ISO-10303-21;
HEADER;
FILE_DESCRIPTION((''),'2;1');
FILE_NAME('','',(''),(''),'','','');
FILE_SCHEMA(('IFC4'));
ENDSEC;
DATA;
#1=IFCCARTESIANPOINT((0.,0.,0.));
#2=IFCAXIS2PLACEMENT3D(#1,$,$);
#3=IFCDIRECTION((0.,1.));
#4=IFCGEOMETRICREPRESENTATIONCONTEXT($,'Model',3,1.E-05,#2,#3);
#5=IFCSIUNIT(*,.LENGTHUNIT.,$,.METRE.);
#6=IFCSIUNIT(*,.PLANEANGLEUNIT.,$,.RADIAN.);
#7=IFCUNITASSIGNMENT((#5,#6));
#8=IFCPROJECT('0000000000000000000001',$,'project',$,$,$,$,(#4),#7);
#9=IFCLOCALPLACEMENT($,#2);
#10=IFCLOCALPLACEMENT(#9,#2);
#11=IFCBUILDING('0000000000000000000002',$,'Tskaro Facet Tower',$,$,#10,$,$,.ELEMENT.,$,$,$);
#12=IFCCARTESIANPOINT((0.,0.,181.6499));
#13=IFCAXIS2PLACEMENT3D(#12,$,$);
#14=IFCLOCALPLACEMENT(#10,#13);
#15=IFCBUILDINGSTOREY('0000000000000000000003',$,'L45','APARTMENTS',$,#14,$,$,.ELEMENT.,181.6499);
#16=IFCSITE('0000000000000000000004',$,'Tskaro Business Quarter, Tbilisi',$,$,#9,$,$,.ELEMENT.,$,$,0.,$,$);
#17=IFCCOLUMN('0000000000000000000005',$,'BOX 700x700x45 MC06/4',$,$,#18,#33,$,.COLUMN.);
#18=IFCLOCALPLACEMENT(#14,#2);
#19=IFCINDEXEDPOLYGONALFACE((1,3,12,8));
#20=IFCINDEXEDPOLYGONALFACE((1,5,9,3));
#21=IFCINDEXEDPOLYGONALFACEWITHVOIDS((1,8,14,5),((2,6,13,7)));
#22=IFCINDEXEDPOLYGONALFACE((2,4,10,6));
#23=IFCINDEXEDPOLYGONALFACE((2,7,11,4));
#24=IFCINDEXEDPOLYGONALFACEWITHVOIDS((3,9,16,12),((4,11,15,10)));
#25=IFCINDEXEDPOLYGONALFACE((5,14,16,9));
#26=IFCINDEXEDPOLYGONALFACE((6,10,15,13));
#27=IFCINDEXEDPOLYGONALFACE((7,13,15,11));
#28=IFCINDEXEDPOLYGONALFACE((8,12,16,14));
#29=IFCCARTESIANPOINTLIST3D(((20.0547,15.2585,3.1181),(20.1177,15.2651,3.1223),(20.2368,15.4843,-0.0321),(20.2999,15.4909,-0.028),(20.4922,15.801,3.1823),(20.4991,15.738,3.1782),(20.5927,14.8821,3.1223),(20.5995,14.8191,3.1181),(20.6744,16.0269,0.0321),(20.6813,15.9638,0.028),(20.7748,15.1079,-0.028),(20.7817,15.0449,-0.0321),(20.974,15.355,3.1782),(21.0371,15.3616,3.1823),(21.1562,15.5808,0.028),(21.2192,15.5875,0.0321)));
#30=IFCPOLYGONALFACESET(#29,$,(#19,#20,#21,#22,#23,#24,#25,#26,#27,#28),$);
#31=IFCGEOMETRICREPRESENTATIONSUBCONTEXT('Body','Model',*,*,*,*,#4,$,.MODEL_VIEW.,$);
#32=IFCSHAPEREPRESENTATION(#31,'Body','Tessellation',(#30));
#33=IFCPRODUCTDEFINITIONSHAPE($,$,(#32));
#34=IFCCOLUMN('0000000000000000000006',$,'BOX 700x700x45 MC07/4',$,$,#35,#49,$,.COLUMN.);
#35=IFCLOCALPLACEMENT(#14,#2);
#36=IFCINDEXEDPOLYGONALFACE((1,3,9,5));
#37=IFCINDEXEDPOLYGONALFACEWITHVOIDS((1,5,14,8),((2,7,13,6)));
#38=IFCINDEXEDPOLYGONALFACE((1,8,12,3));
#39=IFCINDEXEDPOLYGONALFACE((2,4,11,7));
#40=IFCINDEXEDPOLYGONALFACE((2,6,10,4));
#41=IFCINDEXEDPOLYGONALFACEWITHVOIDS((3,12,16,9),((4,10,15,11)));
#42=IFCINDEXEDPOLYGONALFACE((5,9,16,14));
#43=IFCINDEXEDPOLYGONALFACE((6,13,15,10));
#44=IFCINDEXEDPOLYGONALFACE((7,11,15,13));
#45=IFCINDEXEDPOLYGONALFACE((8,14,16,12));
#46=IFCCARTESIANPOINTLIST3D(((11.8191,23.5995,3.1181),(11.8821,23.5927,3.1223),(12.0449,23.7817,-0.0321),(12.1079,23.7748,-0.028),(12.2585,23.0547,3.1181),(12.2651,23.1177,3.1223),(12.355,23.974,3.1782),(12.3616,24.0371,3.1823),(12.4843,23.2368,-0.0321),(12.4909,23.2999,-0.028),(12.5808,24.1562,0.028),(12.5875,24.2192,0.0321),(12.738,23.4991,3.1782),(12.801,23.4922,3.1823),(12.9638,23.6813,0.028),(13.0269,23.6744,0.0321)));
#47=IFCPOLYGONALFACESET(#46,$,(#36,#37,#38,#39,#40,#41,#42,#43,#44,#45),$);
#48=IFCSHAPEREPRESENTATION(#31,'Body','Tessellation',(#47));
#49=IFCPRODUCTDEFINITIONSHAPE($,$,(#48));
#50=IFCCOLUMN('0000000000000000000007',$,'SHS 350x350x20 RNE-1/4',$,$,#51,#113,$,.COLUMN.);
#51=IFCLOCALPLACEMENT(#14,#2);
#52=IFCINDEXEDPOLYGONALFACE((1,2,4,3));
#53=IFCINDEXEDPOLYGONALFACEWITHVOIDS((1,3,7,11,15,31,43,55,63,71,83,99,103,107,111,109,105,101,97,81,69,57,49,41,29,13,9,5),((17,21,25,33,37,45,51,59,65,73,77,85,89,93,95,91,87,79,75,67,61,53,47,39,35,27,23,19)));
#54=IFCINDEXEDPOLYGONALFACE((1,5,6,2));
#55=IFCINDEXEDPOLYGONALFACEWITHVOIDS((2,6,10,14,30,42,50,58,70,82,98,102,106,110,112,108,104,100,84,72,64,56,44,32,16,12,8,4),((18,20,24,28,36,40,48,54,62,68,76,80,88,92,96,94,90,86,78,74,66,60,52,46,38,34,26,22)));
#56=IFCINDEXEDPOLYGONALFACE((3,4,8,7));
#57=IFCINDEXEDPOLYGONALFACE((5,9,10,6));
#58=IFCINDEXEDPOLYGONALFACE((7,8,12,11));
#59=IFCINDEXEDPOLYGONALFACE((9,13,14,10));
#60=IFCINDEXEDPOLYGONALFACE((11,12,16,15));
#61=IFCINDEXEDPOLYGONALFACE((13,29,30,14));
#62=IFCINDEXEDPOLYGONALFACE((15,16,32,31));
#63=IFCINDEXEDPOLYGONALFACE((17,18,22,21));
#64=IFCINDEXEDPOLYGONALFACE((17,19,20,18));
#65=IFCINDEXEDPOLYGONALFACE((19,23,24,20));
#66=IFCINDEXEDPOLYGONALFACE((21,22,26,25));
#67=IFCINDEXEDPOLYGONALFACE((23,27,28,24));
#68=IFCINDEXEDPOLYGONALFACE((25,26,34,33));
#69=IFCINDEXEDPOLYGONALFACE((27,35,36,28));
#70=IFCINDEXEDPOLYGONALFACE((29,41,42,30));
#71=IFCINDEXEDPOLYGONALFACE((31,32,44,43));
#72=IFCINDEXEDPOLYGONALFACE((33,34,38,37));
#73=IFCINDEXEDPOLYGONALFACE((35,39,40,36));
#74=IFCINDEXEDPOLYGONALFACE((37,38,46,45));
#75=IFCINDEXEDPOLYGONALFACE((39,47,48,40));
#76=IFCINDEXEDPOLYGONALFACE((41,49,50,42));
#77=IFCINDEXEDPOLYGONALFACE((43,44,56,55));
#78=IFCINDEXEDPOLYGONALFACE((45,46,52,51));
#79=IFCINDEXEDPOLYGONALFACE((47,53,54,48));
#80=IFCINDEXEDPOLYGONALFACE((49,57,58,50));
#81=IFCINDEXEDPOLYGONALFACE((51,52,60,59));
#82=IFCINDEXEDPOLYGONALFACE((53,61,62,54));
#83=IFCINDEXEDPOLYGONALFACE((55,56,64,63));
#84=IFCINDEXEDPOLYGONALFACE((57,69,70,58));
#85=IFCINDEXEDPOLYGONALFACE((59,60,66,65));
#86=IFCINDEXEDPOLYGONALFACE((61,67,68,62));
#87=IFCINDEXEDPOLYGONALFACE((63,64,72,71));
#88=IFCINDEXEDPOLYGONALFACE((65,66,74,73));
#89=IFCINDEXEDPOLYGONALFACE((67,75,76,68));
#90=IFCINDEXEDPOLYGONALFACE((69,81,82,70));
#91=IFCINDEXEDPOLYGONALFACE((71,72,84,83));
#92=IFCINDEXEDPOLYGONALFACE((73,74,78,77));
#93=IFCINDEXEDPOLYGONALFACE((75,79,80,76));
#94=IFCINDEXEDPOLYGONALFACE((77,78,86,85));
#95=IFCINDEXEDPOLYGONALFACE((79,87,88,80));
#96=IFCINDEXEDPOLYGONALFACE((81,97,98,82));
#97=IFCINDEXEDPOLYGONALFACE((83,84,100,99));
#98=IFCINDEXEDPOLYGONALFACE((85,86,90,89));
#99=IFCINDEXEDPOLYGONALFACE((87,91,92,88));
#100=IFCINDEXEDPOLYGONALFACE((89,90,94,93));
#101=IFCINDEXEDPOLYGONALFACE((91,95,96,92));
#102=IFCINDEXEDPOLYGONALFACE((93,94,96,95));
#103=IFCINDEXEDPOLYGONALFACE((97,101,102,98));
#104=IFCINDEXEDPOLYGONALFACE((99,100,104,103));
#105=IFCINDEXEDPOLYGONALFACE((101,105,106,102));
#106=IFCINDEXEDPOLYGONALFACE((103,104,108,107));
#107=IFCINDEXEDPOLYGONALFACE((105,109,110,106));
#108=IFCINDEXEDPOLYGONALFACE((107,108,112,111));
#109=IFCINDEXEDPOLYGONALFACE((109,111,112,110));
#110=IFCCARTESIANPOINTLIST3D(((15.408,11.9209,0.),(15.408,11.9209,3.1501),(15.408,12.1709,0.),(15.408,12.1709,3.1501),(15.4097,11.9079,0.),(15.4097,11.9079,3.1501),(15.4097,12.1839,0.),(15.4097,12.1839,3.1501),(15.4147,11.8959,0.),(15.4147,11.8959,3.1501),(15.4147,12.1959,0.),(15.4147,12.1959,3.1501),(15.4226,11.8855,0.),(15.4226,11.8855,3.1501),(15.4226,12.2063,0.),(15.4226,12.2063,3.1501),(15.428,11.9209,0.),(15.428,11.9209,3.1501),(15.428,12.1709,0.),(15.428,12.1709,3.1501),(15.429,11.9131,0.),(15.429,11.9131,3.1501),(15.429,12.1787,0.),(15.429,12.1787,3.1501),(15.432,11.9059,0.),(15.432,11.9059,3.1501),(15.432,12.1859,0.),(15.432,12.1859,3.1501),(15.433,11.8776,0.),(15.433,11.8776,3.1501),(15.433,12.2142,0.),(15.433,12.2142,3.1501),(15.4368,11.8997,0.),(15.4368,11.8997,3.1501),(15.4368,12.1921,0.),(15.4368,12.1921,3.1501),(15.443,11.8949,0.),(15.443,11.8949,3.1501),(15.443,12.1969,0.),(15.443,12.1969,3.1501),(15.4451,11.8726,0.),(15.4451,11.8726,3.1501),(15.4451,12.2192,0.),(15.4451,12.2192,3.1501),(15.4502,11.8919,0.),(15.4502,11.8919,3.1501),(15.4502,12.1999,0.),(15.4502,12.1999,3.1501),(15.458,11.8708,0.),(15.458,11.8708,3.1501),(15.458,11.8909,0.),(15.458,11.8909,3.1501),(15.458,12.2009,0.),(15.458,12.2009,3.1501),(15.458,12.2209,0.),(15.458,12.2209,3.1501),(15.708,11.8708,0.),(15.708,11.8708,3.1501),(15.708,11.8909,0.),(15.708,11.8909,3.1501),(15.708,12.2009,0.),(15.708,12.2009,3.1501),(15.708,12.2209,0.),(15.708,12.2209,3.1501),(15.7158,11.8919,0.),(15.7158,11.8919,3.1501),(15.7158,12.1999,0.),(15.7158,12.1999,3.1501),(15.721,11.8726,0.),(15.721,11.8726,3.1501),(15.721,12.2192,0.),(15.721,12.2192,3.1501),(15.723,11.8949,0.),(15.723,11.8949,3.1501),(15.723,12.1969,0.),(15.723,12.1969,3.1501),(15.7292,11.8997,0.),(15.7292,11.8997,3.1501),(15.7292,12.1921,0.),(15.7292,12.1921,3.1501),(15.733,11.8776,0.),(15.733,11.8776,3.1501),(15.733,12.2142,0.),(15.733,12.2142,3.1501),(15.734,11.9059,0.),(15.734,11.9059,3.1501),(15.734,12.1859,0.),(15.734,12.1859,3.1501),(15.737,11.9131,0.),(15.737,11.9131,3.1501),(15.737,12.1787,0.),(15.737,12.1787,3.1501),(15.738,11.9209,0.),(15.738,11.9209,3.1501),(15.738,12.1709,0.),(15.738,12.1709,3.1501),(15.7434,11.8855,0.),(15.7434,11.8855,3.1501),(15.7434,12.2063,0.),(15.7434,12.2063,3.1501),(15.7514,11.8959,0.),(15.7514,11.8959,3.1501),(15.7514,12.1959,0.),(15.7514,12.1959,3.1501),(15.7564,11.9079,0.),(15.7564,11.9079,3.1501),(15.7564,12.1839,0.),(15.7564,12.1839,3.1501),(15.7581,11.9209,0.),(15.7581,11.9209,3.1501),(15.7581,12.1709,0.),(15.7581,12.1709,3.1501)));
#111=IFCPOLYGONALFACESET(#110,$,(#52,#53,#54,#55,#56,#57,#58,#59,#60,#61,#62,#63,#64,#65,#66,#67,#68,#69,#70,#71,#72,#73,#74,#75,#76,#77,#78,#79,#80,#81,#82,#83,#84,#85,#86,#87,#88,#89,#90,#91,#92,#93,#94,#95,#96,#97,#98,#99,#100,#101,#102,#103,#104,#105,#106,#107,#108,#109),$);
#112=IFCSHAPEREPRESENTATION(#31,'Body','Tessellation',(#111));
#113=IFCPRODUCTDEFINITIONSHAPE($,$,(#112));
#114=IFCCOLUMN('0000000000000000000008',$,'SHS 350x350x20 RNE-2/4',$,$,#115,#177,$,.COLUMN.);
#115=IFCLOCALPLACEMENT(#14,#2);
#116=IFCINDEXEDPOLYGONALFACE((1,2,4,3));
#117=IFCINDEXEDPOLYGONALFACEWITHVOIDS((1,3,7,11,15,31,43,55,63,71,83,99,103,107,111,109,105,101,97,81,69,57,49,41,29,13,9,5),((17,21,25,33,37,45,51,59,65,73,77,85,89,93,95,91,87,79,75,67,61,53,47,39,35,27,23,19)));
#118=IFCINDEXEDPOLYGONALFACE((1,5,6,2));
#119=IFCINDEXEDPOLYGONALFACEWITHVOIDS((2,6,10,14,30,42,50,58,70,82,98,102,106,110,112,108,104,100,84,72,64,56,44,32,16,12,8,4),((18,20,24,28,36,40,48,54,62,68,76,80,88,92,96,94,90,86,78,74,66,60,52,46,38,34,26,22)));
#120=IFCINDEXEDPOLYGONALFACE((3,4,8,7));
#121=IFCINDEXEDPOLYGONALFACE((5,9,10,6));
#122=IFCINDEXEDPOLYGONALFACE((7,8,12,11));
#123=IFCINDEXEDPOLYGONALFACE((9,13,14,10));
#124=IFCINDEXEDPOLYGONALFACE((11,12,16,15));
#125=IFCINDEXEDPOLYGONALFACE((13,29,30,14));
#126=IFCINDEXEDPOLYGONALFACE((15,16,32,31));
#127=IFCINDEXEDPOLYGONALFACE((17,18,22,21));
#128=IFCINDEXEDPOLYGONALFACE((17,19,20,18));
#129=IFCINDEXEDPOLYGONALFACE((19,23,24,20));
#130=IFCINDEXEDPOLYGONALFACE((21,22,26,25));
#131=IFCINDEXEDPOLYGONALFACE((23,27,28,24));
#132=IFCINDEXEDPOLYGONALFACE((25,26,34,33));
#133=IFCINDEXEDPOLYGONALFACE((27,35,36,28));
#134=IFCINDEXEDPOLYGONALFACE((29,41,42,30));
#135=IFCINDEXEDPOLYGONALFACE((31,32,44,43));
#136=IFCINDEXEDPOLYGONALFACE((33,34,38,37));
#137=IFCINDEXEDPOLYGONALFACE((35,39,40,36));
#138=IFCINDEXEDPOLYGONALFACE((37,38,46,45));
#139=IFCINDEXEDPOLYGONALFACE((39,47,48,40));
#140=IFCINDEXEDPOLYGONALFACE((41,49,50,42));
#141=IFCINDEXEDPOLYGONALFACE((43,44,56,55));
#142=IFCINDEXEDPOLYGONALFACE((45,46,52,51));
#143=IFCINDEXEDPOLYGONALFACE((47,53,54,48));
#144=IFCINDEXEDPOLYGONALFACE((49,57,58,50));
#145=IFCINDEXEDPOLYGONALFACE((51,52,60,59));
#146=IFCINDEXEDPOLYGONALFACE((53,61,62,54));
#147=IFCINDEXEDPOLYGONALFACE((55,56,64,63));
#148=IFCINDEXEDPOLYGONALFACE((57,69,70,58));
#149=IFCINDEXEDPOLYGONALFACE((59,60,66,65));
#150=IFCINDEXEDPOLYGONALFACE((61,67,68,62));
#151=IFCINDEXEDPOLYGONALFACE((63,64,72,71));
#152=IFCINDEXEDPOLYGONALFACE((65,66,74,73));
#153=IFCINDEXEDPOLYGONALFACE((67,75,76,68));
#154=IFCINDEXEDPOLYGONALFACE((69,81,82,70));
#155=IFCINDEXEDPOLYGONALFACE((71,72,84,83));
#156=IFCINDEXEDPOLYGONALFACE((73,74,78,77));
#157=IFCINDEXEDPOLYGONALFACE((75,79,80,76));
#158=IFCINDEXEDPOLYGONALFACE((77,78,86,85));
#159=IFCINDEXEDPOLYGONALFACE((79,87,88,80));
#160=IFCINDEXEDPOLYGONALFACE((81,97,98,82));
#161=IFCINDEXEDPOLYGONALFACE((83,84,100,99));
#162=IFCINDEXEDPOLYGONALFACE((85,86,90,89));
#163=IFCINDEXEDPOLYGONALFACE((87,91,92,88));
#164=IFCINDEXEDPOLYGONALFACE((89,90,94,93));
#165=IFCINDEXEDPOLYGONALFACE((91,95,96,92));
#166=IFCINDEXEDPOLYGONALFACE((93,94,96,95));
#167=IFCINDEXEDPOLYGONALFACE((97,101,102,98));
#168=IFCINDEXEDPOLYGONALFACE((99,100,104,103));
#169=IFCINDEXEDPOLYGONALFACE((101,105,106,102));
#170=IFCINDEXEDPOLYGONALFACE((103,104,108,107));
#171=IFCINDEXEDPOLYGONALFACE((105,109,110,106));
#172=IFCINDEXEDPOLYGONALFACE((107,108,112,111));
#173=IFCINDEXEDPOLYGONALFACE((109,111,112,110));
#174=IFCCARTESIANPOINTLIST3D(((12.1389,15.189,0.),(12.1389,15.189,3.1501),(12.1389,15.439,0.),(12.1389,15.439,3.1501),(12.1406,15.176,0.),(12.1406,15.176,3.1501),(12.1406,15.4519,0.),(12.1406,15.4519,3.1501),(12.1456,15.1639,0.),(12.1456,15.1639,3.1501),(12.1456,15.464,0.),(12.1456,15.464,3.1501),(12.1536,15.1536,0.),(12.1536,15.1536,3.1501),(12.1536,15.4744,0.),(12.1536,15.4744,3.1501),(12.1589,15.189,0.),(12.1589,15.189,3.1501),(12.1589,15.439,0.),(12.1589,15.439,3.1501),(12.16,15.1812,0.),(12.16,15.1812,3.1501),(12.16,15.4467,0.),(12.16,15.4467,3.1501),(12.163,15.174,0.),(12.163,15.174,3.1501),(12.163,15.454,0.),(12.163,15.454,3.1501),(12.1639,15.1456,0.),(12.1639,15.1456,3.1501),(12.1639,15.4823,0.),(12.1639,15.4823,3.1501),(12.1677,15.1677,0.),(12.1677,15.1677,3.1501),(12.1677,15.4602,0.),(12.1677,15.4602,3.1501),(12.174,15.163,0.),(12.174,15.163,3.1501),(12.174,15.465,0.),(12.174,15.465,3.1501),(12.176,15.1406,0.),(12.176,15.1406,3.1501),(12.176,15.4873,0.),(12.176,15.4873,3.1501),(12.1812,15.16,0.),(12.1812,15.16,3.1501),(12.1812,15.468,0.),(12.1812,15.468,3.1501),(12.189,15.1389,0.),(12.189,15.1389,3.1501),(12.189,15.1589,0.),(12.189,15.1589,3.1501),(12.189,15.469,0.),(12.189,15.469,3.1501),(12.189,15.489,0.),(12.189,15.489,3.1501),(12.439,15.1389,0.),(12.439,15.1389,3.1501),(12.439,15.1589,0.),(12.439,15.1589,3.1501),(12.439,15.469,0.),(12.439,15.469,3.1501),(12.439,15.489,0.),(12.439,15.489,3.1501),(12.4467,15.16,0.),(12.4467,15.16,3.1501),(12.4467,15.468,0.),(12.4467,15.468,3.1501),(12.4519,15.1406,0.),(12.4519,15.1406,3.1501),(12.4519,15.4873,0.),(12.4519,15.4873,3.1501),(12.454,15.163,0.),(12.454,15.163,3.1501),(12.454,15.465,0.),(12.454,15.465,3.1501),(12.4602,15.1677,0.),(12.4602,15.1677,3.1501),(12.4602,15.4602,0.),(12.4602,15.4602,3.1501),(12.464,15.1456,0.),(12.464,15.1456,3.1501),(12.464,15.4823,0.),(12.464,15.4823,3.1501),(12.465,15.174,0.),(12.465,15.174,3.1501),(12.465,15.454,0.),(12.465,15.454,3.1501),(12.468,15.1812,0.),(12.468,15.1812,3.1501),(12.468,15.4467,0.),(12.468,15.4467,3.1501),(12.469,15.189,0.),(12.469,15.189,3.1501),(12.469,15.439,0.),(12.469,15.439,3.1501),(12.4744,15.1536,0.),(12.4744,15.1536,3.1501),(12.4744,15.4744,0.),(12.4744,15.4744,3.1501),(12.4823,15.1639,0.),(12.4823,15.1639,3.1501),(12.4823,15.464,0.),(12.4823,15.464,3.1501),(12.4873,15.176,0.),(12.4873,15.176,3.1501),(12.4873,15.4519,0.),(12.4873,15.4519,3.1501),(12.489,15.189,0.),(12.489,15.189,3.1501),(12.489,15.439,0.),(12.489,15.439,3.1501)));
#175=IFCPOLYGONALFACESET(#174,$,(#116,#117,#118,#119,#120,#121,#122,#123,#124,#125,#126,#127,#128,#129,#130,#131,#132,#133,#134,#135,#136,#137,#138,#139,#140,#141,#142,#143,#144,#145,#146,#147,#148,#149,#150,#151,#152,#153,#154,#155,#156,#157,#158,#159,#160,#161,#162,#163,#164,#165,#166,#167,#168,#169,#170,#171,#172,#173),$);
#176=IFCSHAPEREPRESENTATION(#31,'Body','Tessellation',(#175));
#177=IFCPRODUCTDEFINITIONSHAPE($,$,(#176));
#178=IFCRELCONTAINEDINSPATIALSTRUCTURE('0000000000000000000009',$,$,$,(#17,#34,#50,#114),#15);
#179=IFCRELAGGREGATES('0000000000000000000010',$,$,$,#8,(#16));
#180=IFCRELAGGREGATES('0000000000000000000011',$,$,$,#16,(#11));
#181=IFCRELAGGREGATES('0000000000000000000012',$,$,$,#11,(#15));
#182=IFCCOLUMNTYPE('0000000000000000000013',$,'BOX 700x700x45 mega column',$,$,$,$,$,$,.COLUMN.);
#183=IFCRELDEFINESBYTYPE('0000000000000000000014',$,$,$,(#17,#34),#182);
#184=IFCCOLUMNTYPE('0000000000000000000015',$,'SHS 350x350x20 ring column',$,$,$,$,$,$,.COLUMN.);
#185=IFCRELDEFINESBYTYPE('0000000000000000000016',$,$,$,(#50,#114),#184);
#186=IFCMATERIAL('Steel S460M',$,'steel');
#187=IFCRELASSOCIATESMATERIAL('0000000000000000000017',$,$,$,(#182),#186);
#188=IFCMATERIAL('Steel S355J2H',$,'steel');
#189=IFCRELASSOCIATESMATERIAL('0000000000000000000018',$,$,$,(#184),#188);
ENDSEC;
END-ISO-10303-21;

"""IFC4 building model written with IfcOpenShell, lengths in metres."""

from ifc_helpers import new_model, si_unit, direction, frame, origin, origin_2d, place, context, subcontext, project, spatial, hollow_rectangle, extrude, material, material_profile, profile_set, type_object, element, save


model = new_model("IFC4")

# Units and contexts
model_context = context("Model", 3, precision=1e-05, world=origin(), true_north=direction((0.0, 1.0)))
body_context = subcontext(model_context, "Body", "Model", "MODEL_VIEW")
ifc_project = project(units=[si_unit("LENGTHUNIT", "METRE"), si_unit("PLANEANGLEUNIT", "RADIAN")], contexts=[model_context])

# Site, building, storey
site_placement = place(None, origin())
site = spatial("IfcSite", under=ifc_project, at=site_placement, Name="Tskaro Business Quarter, Tbilisi", CompositionType="ELEMENT", RefElevation=0.0)
building_placement = place(site_placement, origin())
building = spatial("IfcBuilding", under=site, at=building_placement, Name="Tskaro Facet Tower", CompositionType="ELEMENT")
storey_placement = place(building_placement, frame((0.0, 0.0, 181.6499)))
storey = spatial("IfcBuildingStorey", under=building, at=storey_placement, Name="L45", Description="APARTMENTS", CompositionType="ELEMENT", Elevation=181.6499)

# Columns
ifc_material_1 = material(Name="Steel S460M", Category="steel")
ifc_material_profile_1 = material_profile(ifc_material_1, hollow_rectangle(XDim=0.7, YDim=0.7, WallThickness=0.0449, at=origin_2d()), Name="BOX 700x700x45")
ifc_profile_set_1 = profile_set([ifc_material_profile_1], Name="Steel S460M")
column_type_1 = type_object("IfcColumnType", Name="BOX 700x700x45 mega column", PredefinedType="COLUMN", material=ifc_profile_set_1)
for number, where, z_axis, x_axis, name in (
    (1, (20.728, 15.5359, 0.0), (-0.057572, -0.071387, 0.995786), (0.7784, -0.627769, 0.0), "BOX 700x700x45 MC06/4"),
    (2, (12.5359, 23.728, 0.0), (-0.071387, -0.057572, 0.995786), (0.627769, -0.7784, 0.0), "BOX 700x700x45 MC07/4"),
):
    element("IfcColumn", number, at=place(storey_placement, frame(where, z_axis=z_axis, x_axis=x_axis)), inside=storey, type_object=column_type_1, Name=name, PredefinedType="COLUMN", context=body_context, shape_type="SweptSolid", body=[
        extrude(hollow_rectangle(XDim=0.7, YDim=0.7, WallThickness=0.0449, at=origin_2d()), origin(), (0.0, 0.0, 1.0), 3.1636),
    ])
ifc_material_2 = material(Name="Steel S355J2H", Category="steel")
ifc_material_profile_2 = material_profile(ifc_material_2, hollow_rectangle(XDim=0.3501, YDim=0.3501, WallThickness=0.02, InnerFilletRadius=0.03, OuterFilletRadius=0.05, at=origin_2d()), Name="SHS 350x350x20")
ifc_profile_set_2 = profile_set([ifc_material_profile_2], Name="Steel S355J2H")
column_type_2 = type_object("IfcColumnType", Name="SHS 350x350x20 ring column", PredefinedType="COLUMN", material=ifc_profile_set_2)
for number, where, z_axis, x_axis, name in (
    (3, (15.583, 12.0459, 0.0), (0.0, 0.0, 1.0), (1.0, 0.0, 0.0), "SHS 350x350x20 RNE-1/4"),
    (4, (12.314, 15.314, 0.0), (0.0, 0.0, 1.0), (1.0, 0.0, 0.0), "SHS 350x350x20 RNE-2/4"),
):
    element("IfcColumn", number, at=place(storey_placement, frame(where, z_axis=z_axis, x_axis=x_axis)), inside=storey, type_object=column_type_2, Name=name, PredefinedType="COLUMN", context=body_context, shape_type="SweptSolid", body=[
        extrude(hollow_rectangle(XDim=0.3501, YDim=0.3501, WallThickness=0.02, InnerFilletRadius=0.03, OuterFilletRadius=0.05, at=origin_2d()), origin(), (0.0, 0.0, 1.0), 3.1501),
    ])

save(model, "model.ifc")
